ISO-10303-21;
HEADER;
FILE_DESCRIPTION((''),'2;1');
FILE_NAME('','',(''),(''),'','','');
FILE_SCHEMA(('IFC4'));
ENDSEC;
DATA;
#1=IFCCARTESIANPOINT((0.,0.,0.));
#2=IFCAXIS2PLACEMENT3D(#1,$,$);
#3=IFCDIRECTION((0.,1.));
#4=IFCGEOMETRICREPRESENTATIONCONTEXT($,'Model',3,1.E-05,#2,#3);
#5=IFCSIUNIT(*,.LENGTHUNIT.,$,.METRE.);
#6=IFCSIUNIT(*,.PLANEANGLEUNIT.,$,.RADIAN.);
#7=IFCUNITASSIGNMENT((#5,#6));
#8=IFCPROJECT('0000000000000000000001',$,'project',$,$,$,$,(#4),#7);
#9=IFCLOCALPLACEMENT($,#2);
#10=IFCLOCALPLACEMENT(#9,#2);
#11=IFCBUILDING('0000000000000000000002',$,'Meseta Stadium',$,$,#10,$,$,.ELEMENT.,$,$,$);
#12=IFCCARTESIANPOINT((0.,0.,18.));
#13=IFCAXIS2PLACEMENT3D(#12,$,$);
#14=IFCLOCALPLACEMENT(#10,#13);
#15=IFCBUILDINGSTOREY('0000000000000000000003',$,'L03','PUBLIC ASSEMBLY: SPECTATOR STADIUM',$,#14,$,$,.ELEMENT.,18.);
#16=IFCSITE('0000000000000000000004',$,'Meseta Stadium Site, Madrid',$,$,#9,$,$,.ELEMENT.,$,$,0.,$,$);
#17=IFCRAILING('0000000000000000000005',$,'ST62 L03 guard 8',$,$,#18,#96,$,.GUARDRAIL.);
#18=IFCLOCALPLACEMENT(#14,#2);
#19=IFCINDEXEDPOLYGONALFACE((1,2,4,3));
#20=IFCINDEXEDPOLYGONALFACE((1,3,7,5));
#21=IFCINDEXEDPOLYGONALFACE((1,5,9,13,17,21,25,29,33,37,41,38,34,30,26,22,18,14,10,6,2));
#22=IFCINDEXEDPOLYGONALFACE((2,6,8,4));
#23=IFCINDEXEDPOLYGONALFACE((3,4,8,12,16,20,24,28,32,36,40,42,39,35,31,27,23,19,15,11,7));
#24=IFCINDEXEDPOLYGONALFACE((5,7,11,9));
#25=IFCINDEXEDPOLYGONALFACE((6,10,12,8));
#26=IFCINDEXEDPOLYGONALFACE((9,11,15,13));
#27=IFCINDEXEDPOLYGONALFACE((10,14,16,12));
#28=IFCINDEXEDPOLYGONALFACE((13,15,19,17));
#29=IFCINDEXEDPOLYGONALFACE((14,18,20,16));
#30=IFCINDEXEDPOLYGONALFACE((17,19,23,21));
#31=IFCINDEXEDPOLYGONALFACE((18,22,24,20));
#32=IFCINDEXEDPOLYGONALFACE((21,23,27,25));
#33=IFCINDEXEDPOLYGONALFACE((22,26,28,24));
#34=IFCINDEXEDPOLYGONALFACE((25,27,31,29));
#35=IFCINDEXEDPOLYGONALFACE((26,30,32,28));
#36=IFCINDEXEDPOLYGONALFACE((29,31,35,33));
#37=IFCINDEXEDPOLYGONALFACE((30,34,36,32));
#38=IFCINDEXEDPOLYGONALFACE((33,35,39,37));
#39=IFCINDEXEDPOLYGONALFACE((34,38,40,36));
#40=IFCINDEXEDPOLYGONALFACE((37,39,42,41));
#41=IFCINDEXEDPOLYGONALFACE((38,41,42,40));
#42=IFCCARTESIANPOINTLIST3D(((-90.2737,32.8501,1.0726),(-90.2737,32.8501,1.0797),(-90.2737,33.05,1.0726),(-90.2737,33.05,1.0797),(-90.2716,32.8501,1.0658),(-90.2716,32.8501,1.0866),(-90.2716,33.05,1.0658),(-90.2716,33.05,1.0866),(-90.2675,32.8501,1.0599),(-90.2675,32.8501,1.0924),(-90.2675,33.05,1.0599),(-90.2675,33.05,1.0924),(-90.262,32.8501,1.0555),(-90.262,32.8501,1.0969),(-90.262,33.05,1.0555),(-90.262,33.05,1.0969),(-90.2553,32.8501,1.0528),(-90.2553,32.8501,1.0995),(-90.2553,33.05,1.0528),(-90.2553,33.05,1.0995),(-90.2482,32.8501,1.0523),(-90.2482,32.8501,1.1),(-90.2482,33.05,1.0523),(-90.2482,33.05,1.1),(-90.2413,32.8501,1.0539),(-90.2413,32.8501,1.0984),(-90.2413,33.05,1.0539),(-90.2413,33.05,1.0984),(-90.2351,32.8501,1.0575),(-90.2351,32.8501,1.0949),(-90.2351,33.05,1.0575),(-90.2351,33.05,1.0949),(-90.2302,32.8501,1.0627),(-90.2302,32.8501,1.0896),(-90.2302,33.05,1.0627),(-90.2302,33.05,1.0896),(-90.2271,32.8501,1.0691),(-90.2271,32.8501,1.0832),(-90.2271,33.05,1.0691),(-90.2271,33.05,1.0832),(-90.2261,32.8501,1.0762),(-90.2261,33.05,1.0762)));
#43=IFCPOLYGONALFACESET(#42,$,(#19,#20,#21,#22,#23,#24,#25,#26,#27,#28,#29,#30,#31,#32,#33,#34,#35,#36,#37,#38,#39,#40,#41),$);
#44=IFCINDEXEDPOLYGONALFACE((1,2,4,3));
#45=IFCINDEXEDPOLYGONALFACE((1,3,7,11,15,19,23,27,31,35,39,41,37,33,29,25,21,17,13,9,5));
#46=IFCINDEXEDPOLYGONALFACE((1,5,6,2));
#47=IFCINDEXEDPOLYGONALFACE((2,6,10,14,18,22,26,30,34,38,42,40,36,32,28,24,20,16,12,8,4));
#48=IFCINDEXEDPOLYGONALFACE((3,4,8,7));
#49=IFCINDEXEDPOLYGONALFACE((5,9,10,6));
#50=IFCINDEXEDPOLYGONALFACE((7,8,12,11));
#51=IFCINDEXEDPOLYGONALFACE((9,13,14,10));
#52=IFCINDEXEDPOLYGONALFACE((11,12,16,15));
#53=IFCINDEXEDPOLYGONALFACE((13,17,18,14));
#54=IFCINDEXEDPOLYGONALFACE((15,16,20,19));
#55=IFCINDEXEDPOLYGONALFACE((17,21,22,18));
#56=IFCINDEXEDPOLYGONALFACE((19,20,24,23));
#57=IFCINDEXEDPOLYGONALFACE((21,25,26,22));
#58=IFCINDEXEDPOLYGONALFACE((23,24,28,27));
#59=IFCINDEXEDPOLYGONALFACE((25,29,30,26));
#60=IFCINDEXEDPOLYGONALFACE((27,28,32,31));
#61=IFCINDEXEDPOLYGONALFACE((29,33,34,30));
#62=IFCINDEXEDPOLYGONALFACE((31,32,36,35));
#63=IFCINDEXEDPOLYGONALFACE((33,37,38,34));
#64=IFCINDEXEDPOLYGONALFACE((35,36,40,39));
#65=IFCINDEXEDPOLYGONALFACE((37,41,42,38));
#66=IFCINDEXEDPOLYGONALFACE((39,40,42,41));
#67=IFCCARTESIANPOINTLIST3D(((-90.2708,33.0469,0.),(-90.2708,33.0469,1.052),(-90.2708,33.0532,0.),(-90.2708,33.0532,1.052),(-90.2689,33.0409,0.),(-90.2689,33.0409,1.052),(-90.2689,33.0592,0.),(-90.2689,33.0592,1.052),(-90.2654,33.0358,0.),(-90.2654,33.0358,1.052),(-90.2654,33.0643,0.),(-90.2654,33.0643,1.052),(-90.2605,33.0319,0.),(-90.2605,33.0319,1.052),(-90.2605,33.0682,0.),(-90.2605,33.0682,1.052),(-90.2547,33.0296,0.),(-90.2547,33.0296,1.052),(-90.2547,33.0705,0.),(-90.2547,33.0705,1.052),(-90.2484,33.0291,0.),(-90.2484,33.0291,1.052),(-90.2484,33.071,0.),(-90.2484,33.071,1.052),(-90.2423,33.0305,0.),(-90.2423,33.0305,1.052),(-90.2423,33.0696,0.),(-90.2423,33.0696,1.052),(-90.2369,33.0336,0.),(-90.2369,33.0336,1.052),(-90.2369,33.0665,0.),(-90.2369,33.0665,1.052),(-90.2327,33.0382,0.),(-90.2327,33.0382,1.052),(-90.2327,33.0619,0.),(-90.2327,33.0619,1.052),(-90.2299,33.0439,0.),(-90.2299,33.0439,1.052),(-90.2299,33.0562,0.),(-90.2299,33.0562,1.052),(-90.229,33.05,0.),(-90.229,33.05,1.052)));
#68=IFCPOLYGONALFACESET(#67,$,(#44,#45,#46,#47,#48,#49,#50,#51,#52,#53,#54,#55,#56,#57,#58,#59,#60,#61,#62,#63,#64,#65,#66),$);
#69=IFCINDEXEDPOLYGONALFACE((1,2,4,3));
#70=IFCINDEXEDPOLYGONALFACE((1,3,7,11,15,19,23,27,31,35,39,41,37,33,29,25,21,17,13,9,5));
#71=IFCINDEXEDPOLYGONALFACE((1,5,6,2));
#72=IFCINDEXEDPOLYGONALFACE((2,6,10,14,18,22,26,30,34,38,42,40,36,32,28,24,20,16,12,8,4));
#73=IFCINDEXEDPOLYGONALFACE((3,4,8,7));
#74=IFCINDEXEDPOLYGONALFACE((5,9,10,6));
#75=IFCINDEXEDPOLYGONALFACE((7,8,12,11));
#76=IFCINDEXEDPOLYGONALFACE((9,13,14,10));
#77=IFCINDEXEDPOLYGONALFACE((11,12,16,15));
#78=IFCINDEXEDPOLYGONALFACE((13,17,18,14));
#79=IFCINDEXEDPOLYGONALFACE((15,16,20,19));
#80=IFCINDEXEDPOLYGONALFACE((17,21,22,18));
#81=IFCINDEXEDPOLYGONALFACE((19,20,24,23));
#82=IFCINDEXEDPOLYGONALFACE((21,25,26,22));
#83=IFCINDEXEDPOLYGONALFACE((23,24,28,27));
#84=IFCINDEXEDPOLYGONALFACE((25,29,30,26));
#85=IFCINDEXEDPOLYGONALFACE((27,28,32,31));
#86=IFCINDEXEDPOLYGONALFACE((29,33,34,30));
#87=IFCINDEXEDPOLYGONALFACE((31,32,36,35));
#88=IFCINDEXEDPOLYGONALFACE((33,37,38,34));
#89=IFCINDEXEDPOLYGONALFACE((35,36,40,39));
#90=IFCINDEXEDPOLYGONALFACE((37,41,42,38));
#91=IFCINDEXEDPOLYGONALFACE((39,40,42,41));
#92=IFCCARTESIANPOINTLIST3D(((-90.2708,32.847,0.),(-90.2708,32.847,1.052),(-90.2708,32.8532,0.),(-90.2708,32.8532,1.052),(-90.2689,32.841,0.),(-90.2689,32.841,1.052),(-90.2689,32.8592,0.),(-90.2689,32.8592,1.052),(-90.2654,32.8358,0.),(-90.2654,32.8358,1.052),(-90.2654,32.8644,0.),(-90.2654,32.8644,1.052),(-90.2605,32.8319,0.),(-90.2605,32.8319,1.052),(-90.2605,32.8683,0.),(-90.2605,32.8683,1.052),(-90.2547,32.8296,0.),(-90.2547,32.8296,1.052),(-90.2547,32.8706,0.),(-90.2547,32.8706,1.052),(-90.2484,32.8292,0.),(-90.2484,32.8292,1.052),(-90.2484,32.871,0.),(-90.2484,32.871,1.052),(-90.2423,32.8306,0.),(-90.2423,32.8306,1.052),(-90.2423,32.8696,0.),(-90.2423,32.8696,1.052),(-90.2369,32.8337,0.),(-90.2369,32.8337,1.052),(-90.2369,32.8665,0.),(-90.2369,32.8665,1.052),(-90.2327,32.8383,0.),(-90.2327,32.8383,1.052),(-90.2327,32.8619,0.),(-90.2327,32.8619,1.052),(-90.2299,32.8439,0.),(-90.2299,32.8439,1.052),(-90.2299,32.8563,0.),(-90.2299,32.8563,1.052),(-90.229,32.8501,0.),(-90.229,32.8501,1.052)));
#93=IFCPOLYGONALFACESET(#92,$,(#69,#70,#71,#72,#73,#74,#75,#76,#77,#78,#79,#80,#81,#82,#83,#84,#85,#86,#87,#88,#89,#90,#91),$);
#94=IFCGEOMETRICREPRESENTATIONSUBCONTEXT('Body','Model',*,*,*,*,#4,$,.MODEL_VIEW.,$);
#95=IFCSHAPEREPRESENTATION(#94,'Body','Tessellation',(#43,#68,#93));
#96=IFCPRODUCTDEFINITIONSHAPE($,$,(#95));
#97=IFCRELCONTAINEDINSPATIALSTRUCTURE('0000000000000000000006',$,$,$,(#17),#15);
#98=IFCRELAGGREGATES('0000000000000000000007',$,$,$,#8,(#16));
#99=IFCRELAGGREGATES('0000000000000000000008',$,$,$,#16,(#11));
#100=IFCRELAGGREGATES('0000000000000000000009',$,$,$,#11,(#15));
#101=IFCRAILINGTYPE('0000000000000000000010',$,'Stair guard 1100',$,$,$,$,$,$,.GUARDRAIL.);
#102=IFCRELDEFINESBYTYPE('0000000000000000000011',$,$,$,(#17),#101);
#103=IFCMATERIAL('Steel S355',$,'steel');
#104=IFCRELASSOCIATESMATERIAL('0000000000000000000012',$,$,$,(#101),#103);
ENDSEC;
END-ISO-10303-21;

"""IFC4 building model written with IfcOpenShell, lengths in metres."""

from ifc_helpers import new_model, si_unit, direction, frame, origin, origin_2d, place, context, subcontext, project, spatial, circle, extrude, material, type_object, element, save


model = new_model("IFC4")

# Units and contexts
model_context = context("Model", 3, precision=1e-05, world=origin(), true_north=direction((0.0, 1.0)))
body_context = subcontext(model_context, "Body", "Model", "MODEL_VIEW")
ifc_project = project(units=[si_unit("LENGTHUNIT", "METRE"), si_unit("PLANEANGLEUNIT", "RADIAN")], contexts=[model_context])

# Site, building, storey
site_placement = place(None, origin())
site = spatial("IfcSite", under=ifc_project, at=site_placement, Name="Meseta Stadium Site, Madrid", CompositionType="ELEMENT", RefElevation=0.0)
building_placement = place(site_placement, origin())
building = spatial("IfcBuilding", under=site, at=building_placement, Name="Meseta Stadium", CompositionType="ELEMENT")
storey_placement = place(building_placement, frame((0.0, 0.0, 18.0)))
storey = spatial("IfcBuildingStorey", under=building, at=storey_placement, Name="L03", Description="PUBLIC ASSEMBLY: SPECTATOR STADIUM", CompositionType="ELEMENT", Elevation=18.0)

# Railing
ifc_material_1 = material(Name="Steel S355", Category="steel")
railing_type_1 = type_object("IfcRailingType", Name="Stair guard 1100", PredefinedType="GUARDRAIL", material=ifc_material_1)
railing_1_placement = place(storey_placement, frame((-90.25, 33.05, 0.0)))
element("IfcRailing", 1, at=railing_1_placement, inside=storey, type_object=railing_type_1, Name="ST62 L03 guard 8", PredefinedType="GUARDRAIL", context=body_context, shape_type="SweptSolid", body=[
    extrude(circle(Radius=0.0239, at=origin_2d()), frame((0.0, 0.0, 1.0762), z_axis=(0.0, -1.0, 0.0), x_axis=(1.0, 0.0, 0.0)), (0.0, 0.0, 1.0), 0.2),
    extrude(circle(Radius=0.021, at=origin_2d()), origin(), (0.0, 0.0, 1.0), 1.052),
    extrude(circle(Radius=0.021, at=origin_2d()), frame((0.0, -0.2, 0.0)), (0.0, 0.0, 1.0), 1.052),
])

save(model, "model.ifc")
